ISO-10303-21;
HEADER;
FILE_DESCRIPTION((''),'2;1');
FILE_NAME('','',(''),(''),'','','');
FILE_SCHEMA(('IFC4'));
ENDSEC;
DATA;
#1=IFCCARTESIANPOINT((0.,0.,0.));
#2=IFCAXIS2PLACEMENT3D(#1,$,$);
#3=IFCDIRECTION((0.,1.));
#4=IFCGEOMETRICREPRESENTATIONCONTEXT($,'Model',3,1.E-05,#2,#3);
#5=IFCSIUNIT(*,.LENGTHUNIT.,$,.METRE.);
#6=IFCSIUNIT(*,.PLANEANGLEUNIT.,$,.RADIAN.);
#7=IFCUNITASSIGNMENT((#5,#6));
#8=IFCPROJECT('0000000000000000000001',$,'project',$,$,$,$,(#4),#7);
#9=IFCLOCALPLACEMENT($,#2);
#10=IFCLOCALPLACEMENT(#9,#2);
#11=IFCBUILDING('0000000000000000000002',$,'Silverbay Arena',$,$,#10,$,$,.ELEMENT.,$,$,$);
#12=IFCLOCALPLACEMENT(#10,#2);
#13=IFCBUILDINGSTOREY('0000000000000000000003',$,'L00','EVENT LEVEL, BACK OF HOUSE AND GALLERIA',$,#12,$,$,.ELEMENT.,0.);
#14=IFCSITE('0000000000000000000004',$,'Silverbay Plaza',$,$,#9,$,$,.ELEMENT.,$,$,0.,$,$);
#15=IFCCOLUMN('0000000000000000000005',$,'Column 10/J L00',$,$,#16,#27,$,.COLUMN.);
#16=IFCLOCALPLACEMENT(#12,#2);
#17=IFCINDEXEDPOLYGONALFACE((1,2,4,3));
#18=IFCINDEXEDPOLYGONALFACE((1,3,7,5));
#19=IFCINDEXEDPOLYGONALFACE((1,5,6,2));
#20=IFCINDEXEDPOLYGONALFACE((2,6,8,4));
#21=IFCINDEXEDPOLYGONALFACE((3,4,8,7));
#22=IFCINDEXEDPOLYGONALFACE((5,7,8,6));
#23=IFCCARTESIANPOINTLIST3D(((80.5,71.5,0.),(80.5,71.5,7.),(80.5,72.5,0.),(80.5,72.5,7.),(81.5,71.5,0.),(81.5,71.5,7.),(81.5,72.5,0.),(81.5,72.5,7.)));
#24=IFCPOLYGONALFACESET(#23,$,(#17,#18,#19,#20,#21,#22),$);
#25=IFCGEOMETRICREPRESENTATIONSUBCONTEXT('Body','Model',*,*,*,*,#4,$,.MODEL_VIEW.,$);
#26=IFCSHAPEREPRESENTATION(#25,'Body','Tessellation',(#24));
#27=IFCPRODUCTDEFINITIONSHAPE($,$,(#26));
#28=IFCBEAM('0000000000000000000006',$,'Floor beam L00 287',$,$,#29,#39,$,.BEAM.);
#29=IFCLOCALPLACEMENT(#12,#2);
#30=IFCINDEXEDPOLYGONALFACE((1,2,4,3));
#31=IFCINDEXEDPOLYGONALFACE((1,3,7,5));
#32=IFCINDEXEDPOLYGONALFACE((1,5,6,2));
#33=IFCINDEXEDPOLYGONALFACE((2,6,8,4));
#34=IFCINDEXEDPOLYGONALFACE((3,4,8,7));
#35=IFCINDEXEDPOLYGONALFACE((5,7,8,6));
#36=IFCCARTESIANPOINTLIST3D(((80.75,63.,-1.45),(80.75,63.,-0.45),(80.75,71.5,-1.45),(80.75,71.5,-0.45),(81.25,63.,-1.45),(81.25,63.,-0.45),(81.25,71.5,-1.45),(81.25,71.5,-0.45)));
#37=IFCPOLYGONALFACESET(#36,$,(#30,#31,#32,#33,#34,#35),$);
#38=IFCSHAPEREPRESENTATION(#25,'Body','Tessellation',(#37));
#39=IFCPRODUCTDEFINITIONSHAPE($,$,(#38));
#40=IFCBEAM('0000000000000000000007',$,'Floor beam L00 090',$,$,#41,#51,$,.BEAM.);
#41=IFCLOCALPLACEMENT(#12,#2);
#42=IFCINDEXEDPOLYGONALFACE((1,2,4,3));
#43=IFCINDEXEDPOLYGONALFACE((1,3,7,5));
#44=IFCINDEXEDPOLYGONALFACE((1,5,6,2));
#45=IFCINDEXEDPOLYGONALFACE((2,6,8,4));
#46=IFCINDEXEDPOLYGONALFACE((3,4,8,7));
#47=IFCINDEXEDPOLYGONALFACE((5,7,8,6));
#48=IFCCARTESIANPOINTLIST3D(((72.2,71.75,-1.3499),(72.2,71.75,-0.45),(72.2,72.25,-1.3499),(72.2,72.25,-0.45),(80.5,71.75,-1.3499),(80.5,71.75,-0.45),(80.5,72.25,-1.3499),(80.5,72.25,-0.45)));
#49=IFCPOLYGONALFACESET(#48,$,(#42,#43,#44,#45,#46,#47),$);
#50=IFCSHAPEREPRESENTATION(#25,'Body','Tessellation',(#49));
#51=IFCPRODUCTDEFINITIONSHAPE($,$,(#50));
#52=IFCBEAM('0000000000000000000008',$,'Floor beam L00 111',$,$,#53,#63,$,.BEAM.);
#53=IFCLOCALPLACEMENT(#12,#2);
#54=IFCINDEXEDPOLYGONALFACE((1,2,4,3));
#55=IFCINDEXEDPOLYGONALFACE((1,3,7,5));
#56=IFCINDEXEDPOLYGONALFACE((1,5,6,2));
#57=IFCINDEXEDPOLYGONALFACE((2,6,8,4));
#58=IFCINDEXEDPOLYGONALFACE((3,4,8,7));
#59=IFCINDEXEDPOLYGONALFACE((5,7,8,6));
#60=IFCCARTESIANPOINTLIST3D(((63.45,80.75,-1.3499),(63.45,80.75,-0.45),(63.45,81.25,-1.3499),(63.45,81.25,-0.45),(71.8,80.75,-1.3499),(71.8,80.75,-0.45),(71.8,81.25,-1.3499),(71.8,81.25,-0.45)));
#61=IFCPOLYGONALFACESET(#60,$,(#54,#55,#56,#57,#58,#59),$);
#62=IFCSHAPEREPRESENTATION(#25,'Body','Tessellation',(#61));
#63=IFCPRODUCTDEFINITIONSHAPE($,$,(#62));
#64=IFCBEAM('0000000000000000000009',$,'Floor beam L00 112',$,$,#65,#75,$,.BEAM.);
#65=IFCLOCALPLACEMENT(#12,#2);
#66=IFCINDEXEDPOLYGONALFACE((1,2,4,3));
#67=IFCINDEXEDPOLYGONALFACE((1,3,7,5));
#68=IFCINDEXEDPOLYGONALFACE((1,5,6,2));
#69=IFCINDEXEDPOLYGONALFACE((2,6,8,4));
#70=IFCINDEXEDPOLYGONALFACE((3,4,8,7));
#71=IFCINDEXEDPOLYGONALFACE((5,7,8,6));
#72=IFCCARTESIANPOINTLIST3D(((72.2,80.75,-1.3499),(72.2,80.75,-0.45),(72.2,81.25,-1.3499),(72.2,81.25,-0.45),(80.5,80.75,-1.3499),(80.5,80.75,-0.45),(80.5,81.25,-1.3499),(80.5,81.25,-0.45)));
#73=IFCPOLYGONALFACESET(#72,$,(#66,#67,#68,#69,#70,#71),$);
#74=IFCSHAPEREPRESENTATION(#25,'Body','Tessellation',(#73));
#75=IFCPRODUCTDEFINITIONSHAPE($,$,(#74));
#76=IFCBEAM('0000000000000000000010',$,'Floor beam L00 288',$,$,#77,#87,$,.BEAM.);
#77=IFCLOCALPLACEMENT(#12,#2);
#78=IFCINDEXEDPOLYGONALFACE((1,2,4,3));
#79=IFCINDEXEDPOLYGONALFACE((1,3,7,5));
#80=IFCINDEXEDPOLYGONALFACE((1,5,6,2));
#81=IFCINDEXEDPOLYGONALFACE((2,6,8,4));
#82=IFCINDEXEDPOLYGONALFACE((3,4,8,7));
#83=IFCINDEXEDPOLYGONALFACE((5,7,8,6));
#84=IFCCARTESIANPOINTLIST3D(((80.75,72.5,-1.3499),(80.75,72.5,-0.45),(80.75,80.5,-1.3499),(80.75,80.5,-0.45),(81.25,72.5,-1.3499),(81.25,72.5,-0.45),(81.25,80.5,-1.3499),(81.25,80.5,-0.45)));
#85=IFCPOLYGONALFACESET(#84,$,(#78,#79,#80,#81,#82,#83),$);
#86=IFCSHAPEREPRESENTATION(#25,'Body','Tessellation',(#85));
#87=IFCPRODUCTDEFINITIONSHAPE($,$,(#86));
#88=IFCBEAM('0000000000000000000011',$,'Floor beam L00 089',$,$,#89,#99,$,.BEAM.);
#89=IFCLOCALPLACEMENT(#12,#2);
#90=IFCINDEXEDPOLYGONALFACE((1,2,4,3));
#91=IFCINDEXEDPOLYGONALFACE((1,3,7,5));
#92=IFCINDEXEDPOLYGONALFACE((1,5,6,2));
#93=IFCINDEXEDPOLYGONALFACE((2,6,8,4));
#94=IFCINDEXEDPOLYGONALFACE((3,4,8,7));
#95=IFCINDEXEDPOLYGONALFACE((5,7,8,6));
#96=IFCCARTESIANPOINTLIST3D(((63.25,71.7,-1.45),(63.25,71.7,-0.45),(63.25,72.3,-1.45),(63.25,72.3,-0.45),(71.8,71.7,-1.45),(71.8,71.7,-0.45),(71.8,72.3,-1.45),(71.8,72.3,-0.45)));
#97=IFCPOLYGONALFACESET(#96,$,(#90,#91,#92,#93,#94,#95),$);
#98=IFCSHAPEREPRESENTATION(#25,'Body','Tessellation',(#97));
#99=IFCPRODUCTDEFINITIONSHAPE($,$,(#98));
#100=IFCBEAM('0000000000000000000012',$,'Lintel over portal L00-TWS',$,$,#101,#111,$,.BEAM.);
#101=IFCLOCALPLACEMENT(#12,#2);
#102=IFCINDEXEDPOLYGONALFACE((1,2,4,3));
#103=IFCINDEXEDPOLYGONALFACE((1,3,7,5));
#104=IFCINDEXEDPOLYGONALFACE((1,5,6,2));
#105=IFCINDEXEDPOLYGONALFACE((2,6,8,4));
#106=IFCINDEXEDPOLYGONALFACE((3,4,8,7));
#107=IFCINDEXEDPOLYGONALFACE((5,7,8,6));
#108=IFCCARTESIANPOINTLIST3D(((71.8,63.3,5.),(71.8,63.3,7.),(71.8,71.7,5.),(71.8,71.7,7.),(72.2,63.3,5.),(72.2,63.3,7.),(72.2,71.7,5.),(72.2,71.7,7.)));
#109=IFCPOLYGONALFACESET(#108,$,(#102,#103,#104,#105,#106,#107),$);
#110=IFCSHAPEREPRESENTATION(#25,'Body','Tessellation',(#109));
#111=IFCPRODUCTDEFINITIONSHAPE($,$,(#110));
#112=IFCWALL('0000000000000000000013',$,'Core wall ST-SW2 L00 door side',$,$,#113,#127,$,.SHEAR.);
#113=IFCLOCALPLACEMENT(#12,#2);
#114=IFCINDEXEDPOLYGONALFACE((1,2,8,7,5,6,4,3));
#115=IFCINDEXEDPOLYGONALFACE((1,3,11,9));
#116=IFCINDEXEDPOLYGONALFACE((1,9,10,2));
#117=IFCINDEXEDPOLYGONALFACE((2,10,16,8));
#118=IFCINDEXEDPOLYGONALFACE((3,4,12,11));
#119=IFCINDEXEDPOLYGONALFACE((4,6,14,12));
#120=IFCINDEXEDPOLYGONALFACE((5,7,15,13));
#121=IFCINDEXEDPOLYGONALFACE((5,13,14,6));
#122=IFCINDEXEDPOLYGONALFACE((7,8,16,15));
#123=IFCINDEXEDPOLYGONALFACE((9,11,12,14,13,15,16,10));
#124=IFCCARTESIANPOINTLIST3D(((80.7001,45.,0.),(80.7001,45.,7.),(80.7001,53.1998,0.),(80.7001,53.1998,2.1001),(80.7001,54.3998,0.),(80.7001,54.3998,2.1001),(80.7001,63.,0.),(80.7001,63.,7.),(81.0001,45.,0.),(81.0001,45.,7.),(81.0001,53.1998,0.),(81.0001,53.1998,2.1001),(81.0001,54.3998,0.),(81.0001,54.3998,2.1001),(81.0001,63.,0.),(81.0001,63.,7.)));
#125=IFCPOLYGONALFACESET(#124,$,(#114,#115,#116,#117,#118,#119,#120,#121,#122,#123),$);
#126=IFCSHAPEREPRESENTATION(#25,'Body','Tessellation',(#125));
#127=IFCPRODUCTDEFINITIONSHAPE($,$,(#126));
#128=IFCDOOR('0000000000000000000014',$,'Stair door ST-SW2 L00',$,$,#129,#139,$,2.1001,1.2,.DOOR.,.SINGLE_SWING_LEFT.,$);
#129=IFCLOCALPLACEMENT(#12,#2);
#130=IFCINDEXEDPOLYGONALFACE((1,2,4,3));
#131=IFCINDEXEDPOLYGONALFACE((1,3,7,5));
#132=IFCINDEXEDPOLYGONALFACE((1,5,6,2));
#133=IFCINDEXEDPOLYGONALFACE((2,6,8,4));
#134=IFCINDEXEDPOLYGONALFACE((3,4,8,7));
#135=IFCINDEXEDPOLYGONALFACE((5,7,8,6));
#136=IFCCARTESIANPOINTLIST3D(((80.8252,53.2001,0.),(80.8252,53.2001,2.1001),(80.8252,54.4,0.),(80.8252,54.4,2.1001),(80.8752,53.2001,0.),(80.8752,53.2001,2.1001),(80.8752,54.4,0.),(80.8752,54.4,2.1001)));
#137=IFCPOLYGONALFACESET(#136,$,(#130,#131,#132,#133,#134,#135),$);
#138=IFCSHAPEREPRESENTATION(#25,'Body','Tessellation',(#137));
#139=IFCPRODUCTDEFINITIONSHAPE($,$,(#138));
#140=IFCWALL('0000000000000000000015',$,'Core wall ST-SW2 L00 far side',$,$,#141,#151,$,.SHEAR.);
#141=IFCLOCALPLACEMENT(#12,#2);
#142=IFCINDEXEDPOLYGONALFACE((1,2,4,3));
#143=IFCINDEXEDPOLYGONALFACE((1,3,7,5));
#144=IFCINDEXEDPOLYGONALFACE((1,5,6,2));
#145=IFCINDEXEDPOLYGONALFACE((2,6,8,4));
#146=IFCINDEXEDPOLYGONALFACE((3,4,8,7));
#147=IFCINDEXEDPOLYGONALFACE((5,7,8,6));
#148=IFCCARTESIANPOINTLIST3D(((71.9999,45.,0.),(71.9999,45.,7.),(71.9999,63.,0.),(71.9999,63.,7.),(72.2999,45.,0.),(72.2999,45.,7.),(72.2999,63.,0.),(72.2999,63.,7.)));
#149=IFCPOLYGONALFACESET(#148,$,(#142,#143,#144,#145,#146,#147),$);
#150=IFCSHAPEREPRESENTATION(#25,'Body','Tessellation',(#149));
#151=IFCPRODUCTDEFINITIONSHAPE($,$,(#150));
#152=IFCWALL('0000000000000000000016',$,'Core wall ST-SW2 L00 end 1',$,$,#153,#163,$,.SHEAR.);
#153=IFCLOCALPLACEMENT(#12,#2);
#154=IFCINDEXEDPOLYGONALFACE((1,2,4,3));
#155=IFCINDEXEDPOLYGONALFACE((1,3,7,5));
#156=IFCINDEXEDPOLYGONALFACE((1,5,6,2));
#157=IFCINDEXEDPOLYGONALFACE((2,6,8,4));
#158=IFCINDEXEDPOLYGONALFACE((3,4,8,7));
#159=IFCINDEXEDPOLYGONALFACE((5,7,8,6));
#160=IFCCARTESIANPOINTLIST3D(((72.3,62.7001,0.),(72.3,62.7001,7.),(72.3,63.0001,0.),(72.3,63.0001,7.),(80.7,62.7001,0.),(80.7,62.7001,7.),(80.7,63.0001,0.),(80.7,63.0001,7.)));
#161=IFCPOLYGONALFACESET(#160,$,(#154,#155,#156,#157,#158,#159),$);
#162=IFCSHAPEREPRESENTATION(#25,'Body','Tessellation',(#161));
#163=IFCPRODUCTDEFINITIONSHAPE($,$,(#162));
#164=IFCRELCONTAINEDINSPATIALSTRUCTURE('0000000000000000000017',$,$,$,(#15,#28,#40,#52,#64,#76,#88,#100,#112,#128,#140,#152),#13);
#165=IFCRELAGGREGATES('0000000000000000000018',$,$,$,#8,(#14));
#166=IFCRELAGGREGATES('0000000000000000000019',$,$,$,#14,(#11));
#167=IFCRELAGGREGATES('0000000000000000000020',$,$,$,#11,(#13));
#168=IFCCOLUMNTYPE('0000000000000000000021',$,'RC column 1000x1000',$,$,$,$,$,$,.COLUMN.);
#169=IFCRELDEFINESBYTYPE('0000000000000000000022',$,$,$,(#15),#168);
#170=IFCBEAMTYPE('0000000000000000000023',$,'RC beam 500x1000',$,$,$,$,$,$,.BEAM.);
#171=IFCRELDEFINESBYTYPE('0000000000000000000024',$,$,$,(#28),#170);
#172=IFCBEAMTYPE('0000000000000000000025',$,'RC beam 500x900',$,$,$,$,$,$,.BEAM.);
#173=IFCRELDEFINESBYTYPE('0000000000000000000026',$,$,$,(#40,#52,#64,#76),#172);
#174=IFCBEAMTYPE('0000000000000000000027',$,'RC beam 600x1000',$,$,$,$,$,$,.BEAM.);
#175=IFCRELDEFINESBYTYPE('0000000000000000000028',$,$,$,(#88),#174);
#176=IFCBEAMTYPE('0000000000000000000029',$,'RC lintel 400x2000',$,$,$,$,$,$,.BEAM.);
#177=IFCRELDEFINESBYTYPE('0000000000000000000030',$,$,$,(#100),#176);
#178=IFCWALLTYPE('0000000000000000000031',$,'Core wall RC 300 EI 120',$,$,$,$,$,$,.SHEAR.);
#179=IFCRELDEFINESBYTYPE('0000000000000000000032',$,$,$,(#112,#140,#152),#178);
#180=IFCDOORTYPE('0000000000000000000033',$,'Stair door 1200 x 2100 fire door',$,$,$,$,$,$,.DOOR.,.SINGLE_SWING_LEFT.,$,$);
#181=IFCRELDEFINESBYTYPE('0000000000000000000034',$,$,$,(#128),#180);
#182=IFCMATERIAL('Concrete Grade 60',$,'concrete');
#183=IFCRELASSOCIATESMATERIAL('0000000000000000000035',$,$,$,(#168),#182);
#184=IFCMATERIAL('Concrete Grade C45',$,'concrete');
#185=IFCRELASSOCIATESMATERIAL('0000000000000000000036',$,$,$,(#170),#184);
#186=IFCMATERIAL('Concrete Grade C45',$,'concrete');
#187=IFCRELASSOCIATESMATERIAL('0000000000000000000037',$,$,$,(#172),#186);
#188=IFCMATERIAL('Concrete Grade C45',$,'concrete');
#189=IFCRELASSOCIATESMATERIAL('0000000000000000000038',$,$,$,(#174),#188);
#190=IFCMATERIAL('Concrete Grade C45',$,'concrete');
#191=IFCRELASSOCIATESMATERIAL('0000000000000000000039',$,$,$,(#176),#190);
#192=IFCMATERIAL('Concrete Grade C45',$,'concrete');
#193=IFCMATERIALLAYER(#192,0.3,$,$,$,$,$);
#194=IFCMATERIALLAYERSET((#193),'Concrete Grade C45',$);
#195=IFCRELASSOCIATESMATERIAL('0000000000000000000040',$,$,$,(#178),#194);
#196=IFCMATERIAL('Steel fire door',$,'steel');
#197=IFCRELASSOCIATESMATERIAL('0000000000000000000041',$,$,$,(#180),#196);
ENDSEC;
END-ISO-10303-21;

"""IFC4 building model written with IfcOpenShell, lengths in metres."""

from ifc_helpers import new_model, si_unit, direction, frame, frame_2d, origin, origin_2d, place, context, subcontext, project, spatial, rectangle, extrude, material, layer, layer_set, material_profile, profile_set, type_object, element, fill, save


model = new_model("IFC4")

# Units and contexts
model_context = context("Model", 3, precision=1e-05, world=origin(), true_north=direction((0.0, 1.0)))
body_context = subcontext(model_context, "Body", "Model", "MODEL_VIEW")
ifc_project = project(units=[si_unit("LENGTHUNIT", "METRE"), si_unit("PLANEANGLEUNIT", "RADIAN")], contexts=[model_context])

# Site, building, storey
site_placement = place(None, origin())
site = spatial("IfcSite", under=ifc_project, at=site_placement, Name="Silverbay Plaza", CompositionType="ELEMENT", RefElevation=0.0)
building_placement = place(site_placement, origin())
building = spatial("IfcBuilding", under=site, at=building_placement, Name="Silverbay Arena", CompositionType="ELEMENT")
storey_placement = place(building_placement, origin())
storey = spatial("IfcBuildingStorey", under=building, at=storey_placement, Name="L00", Description="EVENT LEVEL, BACK OF HOUSE AND GALLERIA", CompositionType="ELEMENT", Elevation=0.0)

# Column
ifc_material_1 = material(Name="Concrete Grade 60", Category="concrete")
ifc_material_profile_1 = material_profile(ifc_material_1, rectangle(XDim=1.0, YDim=1.0, at=origin_2d()), Name="RC 1000x1000")
ifc_profile_set_1 = profile_set([ifc_material_profile_1], Name="Concrete Grade 60")
column_type = type_object("IfcColumnType", Name="RC column 1000x1000", PredefinedType="COLUMN", material=ifc_profile_set_1)
column_placement = place(storey_placement, frame((81.0, 72.0, 0.0), z_axis=(0.0, 0.0, 1.0), x_axis=(1.0, 0.0, 0.0)))
element("IfcColumn", 1, at=column_placement, inside=storey, type_object=column_type, Name="Column 10/J L00", PredefinedType="COLUMN", context=body_context, shape_type="SweptSolid", body=[
    extrude(rectangle(XDim=1.0, YDim=1.0, at=origin_2d()), origin(), (0.0, 0.0, 1.0), 7.0),
])

# Beams
ifc_material_2 = material(Name="Concrete Grade C45", Category="concrete")
ifc_material_profile_2 = material_profile(ifc_material_2, rectangle(XDim=0.5, YDim=1.0, at=origin_2d()), Name="RC 500x1000")
ifc_profile_set_2 = profile_set([ifc_material_profile_2], Name="Concrete Grade C45")
beam_type_1 = type_object("IfcBeamType", Name="RC beam 500x1000", PredefinedType="BEAM", material=ifc_profile_set_2)
beam_1_placement = place(storey_placement, frame((81.0, 63.0, -0.95), z_axis=(0.0, 1.0, 0.0), x_axis=(-1.0, 0.0, 0.0)))
element("IfcBeam", 2, at=beam_1_placement, inside=storey, type_object=beam_type_1, Name="Floor beam L00 287", PredefinedType="BEAM", context=body_context, shape_type="SweptSolid", body=[
    extrude(rectangle(XDim=0.5, YDim=1.0, at=origin_2d()), origin(), (0.0, 0.0, 1.0), 8.5),
])
ifc_material_3 = material(Name="Concrete Grade C45", Category="concrete")
ifc_material_profile_3 = material_profile(ifc_material_3, rectangle(XDim=0.5, YDim=0.8999, at=origin_2d()), Name="RC 500x900")
ifc_profile_set_3 = profile_set([ifc_material_profile_3], Name="Concrete Grade C45")
beam_type_2 = type_object("IfcBeamType", Name="RC beam 500x900", PredefinedType="BEAM", material=ifc_profile_set_3)
beam_2_placement = place(storey_placement, frame((72.2, 72.0, -0.8999), z_axis=(1.0, 0.0, 0.0), x_axis=(0.0, 1.0, 0.0)))
element("IfcBeam", 3, at=beam_2_placement, inside=storey, type_object=beam_type_2, Name="Floor beam L00 090", PredefinedType="BEAM", context=body_context, shape_type="SweptSolid", body=[
    extrude(rectangle(XDim=0.5, YDim=0.8999, at=origin_2d()), origin(), (0.0, 0.0, 1.0), 8.3),
])
beam_3_placement = place(storey_placement, frame((63.45, 81.0, -0.8999), z_axis=(1.0, 0.0, 0.0), x_axis=(0.0, 1.0, 0.0)))
element("IfcBeam", 4, at=beam_3_placement, inside=storey, type_object=beam_type_2, Name="Floor beam L00 111", PredefinedType="BEAM", context=body_context, shape_type="SweptSolid", body=[
    extrude(rectangle(XDim=0.5, YDim=0.8999, at=origin_2d()), origin(), (0.0, 0.0, 1.0), 8.3501),
])
beam_4_placement = place(storey_placement, frame((72.2, 81.0, -0.8999), z_axis=(1.0, 0.0, 0.0), x_axis=(0.0, 1.0, 0.0)))
element("IfcBeam", 5, at=beam_4_placement, inside=storey, type_object=beam_type_2, Name="Floor beam L00 112", PredefinedType="BEAM", context=body_context, shape_type="SweptSolid", body=[
    extrude(rectangle(XDim=0.5, YDim=0.8999, at=origin_2d()), origin(), (0.0, 0.0, 1.0), 8.3),
])
beam_5_placement = place(storey_placement, frame((81.0, 72.5, -0.8999), z_axis=(0.0, 1.0, 0.0), x_axis=(-1.0, 0.0, 0.0)))
element("IfcBeam", 6, at=beam_5_placement, inside=storey, type_object=beam_type_2, Name="Floor beam L00 288", PredefinedType="BEAM", context=body_context, shape_type="SweptSolid", body=[
    extrude(rectangle(XDim=0.5, YDim=0.8999, at=origin_2d()), origin(), (0.0, 0.0, 1.0), 8.0),
])
ifc_material_4 = material(Name="Concrete Grade C45", Category="concrete")
ifc_material_profile_4 = material_profile(ifc_material_4, rectangle(XDim=0.6001, YDim=1.0, at=origin_2d()), Name="RC 600x1000")
ifc_profile_set_4 = profile_set([ifc_material_profile_4], Name="Concrete Grade C45")
beam_type_3 = type_object("IfcBeamType", Name="RC beam 600x1000", PredefinedType="BEAM", material=ifc_profile_set_4)
beam_6_placement = place(storey_placement, frame((63.25, 72.0, -0.95), z_axis=(1.0, 0.0, 0.0), x_axis=(0.0, 1.0, 0.0)))
element("IfcBeam", 7, at=beam_6_placement, inside=storey, type_object=beam_type_3, Name="Floor beam L00 089", PredefinedType="BEAM", context=body_context, shape_type="SweptSolid", body=[
    extrude(rectangle(XDim=0.6001, YDim=1.0, at=origin_2d()), origin(), (0.0, 0.0, 1.0), 8.55),
])
ifc_material_5 = material(Name="Concrete Grade C45", Category="concrete")
ifc_material_profile_5 = material_profile(ifc_material_5, rectangle(XDim=0.3999, YDim=2.0, at=origin_2d()), Name="RC 400x2000")
ifc_profile_set_5 = profile_set([ifc_material_profile_5], Name="Concrete Grade C45")
beam_type_4 = type_object("IfcBeamType", Name="RC lintel 400x2000", PredefinedType="BEAM", material=ifc_profile_set_5)
beam_7_placement = place(storey_placement, frame((72.0, 63.3, 6.0), z_axis=(0.0, 1.0, 0.0), x_axis=(-1.0, 0.0, 0.0)))
element("IfcBeam", 8, at=beam_7_placement, inside=storey, type_object=beam_type_4, Name="Lintel over portal L00-TWS", PredefinedType="BEAM", context=body_context, shape_type="SweptSolid", body=[
    extrude(rectangle(XDim=0.3999, YDim=2.0, at=origin_2d()), origin(), (0.0, 0.0, 1.0), 8.3999),
])

# Wall, opening, door
ifc_material_6 = material(Name="Concrete Grade C45", Category="concrete")
ifc_layer_1 = layer(ifc_material_6, 0.3)
ifc_layer_set_1 = layer_set([ifc_layer_1], Name="Concrete Grade C45")
wall_type_1 = type_object("IfcWallType", Name="Core wall RC 300 EI 120", PredefinedType="SHEAR", material=ifc_layer_set_1)
wall_1_placement = place(storey_placement, frame((80.8501, 63.0, 0.0), z_axis=(0.0, 0.0, 1.0), x_axis=(0.0, -1.0, 0.0)))
wall_1 = element("IfcWall", 9, at=wall_1_placement, inside=storey, type_object=wall_type_1, Name="Core wall ST-SW2 L00 door side", PredefinedType="SHEAR", context=body_context, shape_type="SweptSolid", body=[
    extrude(rectangle(XDim=18.0, YDim=0.3, at=frame_2d((9.0, 0.0))), origin(), (0.0, 0.0, 1.0), 7.0),
])
opening_1_placement = place(wall_1_placement, frame((8.6001, 0.0, 0.0)))
opening_1 = element("IfcOpeningElement", 10, at=opening_1_placement, cuts=wall_1, PredefinedType="OPENING", context=body_context, shape_type="SweptSolid", body=[
    extrude(rectangle(XDim=1.2, YDim=2.1001, at=frame_2d((0.6001, 1.05))), frame((0.0, 0.1602, 0.0), z_axis=(0.0, -1.0, 0.0), x_axis=(1.0, 0.0, 0.0)), (0.0, 0.0, 1.0), 0.3201),
])
ifc_material_7 = material(Name="Steel fire door", Category="steel")
door_type_1 = type_object("IfcDoorType", Name="Stair door 1200 x 2100 fire door", OperationType="SINGLE_SWING_LEFT", PredefinedType="DOOR", material=ifc_material_7)
door_1_placement = place(opening_1_placement, frame((1.2, 0.0, 0.0), z_axis=(0.0, 0.0, 1.0), x_axis=(-1.0, 0.0, 0.0)))
door_1 = element("IfcDoor", 11, at=door_1_placement, inside=storey, type_object=door_type_1, Name="Stair door ST-SW2 L00", OperationType="SINGLE_SWING_LEFT", OverallHeight=2.1001, OverallWidth=1.2, PredefinedType="DOOR", context=body_context, shape_type="SweptSolid", body=[
    extrude(rectangle(XDim=1.2, YDim=2.1001, at=frame_2d((0.6001, 1.05))), frame((0.0, 0.0249, 0.0), z_axis=(0.0, -1.0, 0.0), x_axis=(1.0, 0.0, 0.0)), (0.0, 0.0, 1.0), 0.05),
])
fill(opening_1, door_1)

# Walls
wall_2_placement = place(storey_placement, frame((72.1499, 63.0, 0.0), z_axis=(0.0, 0.0, 1.0), x_axis=(0.0, -1.0, 0.0)))
element("IfcWall", 12, at=wall_2_placement, inside=storey, type_object=wall_type_1, Name="Core wall ST-SW2 L00 far side", PredefinedType="SHEAR", context=body_context, shape_type="SweptSolid", body=[
    extrude(rectangle(XDim=18.0, YDim=0.3, at=frame_2d((9.0, 0.0))), origin(), (0.0, 0.0, 1.0), 7.0),
])
wall_3_placement = place(storey_placement, frame((80.7, 62.8501, 0.0), z_axis=(0.0, 0.0, 1.0), x_axis=(-1.0, 0.0, 0.0)))
element("IfcWall", 13, at=wall_3_placement, inside=storey, type_object=wall_type_1, Name="Core wall ST-SW2 L00 end 1", PredefinedType="SHEAR", context=body_context, shape_type="SweptSolid", body=[
    extrude(rectangle(XDim=8.3999, YDim=0.3, at=frame_2d((4.2, 0.0))), origin(), (0.0, 0.0, 1.0), 7.0),
])

save(model, "model.ifc")
